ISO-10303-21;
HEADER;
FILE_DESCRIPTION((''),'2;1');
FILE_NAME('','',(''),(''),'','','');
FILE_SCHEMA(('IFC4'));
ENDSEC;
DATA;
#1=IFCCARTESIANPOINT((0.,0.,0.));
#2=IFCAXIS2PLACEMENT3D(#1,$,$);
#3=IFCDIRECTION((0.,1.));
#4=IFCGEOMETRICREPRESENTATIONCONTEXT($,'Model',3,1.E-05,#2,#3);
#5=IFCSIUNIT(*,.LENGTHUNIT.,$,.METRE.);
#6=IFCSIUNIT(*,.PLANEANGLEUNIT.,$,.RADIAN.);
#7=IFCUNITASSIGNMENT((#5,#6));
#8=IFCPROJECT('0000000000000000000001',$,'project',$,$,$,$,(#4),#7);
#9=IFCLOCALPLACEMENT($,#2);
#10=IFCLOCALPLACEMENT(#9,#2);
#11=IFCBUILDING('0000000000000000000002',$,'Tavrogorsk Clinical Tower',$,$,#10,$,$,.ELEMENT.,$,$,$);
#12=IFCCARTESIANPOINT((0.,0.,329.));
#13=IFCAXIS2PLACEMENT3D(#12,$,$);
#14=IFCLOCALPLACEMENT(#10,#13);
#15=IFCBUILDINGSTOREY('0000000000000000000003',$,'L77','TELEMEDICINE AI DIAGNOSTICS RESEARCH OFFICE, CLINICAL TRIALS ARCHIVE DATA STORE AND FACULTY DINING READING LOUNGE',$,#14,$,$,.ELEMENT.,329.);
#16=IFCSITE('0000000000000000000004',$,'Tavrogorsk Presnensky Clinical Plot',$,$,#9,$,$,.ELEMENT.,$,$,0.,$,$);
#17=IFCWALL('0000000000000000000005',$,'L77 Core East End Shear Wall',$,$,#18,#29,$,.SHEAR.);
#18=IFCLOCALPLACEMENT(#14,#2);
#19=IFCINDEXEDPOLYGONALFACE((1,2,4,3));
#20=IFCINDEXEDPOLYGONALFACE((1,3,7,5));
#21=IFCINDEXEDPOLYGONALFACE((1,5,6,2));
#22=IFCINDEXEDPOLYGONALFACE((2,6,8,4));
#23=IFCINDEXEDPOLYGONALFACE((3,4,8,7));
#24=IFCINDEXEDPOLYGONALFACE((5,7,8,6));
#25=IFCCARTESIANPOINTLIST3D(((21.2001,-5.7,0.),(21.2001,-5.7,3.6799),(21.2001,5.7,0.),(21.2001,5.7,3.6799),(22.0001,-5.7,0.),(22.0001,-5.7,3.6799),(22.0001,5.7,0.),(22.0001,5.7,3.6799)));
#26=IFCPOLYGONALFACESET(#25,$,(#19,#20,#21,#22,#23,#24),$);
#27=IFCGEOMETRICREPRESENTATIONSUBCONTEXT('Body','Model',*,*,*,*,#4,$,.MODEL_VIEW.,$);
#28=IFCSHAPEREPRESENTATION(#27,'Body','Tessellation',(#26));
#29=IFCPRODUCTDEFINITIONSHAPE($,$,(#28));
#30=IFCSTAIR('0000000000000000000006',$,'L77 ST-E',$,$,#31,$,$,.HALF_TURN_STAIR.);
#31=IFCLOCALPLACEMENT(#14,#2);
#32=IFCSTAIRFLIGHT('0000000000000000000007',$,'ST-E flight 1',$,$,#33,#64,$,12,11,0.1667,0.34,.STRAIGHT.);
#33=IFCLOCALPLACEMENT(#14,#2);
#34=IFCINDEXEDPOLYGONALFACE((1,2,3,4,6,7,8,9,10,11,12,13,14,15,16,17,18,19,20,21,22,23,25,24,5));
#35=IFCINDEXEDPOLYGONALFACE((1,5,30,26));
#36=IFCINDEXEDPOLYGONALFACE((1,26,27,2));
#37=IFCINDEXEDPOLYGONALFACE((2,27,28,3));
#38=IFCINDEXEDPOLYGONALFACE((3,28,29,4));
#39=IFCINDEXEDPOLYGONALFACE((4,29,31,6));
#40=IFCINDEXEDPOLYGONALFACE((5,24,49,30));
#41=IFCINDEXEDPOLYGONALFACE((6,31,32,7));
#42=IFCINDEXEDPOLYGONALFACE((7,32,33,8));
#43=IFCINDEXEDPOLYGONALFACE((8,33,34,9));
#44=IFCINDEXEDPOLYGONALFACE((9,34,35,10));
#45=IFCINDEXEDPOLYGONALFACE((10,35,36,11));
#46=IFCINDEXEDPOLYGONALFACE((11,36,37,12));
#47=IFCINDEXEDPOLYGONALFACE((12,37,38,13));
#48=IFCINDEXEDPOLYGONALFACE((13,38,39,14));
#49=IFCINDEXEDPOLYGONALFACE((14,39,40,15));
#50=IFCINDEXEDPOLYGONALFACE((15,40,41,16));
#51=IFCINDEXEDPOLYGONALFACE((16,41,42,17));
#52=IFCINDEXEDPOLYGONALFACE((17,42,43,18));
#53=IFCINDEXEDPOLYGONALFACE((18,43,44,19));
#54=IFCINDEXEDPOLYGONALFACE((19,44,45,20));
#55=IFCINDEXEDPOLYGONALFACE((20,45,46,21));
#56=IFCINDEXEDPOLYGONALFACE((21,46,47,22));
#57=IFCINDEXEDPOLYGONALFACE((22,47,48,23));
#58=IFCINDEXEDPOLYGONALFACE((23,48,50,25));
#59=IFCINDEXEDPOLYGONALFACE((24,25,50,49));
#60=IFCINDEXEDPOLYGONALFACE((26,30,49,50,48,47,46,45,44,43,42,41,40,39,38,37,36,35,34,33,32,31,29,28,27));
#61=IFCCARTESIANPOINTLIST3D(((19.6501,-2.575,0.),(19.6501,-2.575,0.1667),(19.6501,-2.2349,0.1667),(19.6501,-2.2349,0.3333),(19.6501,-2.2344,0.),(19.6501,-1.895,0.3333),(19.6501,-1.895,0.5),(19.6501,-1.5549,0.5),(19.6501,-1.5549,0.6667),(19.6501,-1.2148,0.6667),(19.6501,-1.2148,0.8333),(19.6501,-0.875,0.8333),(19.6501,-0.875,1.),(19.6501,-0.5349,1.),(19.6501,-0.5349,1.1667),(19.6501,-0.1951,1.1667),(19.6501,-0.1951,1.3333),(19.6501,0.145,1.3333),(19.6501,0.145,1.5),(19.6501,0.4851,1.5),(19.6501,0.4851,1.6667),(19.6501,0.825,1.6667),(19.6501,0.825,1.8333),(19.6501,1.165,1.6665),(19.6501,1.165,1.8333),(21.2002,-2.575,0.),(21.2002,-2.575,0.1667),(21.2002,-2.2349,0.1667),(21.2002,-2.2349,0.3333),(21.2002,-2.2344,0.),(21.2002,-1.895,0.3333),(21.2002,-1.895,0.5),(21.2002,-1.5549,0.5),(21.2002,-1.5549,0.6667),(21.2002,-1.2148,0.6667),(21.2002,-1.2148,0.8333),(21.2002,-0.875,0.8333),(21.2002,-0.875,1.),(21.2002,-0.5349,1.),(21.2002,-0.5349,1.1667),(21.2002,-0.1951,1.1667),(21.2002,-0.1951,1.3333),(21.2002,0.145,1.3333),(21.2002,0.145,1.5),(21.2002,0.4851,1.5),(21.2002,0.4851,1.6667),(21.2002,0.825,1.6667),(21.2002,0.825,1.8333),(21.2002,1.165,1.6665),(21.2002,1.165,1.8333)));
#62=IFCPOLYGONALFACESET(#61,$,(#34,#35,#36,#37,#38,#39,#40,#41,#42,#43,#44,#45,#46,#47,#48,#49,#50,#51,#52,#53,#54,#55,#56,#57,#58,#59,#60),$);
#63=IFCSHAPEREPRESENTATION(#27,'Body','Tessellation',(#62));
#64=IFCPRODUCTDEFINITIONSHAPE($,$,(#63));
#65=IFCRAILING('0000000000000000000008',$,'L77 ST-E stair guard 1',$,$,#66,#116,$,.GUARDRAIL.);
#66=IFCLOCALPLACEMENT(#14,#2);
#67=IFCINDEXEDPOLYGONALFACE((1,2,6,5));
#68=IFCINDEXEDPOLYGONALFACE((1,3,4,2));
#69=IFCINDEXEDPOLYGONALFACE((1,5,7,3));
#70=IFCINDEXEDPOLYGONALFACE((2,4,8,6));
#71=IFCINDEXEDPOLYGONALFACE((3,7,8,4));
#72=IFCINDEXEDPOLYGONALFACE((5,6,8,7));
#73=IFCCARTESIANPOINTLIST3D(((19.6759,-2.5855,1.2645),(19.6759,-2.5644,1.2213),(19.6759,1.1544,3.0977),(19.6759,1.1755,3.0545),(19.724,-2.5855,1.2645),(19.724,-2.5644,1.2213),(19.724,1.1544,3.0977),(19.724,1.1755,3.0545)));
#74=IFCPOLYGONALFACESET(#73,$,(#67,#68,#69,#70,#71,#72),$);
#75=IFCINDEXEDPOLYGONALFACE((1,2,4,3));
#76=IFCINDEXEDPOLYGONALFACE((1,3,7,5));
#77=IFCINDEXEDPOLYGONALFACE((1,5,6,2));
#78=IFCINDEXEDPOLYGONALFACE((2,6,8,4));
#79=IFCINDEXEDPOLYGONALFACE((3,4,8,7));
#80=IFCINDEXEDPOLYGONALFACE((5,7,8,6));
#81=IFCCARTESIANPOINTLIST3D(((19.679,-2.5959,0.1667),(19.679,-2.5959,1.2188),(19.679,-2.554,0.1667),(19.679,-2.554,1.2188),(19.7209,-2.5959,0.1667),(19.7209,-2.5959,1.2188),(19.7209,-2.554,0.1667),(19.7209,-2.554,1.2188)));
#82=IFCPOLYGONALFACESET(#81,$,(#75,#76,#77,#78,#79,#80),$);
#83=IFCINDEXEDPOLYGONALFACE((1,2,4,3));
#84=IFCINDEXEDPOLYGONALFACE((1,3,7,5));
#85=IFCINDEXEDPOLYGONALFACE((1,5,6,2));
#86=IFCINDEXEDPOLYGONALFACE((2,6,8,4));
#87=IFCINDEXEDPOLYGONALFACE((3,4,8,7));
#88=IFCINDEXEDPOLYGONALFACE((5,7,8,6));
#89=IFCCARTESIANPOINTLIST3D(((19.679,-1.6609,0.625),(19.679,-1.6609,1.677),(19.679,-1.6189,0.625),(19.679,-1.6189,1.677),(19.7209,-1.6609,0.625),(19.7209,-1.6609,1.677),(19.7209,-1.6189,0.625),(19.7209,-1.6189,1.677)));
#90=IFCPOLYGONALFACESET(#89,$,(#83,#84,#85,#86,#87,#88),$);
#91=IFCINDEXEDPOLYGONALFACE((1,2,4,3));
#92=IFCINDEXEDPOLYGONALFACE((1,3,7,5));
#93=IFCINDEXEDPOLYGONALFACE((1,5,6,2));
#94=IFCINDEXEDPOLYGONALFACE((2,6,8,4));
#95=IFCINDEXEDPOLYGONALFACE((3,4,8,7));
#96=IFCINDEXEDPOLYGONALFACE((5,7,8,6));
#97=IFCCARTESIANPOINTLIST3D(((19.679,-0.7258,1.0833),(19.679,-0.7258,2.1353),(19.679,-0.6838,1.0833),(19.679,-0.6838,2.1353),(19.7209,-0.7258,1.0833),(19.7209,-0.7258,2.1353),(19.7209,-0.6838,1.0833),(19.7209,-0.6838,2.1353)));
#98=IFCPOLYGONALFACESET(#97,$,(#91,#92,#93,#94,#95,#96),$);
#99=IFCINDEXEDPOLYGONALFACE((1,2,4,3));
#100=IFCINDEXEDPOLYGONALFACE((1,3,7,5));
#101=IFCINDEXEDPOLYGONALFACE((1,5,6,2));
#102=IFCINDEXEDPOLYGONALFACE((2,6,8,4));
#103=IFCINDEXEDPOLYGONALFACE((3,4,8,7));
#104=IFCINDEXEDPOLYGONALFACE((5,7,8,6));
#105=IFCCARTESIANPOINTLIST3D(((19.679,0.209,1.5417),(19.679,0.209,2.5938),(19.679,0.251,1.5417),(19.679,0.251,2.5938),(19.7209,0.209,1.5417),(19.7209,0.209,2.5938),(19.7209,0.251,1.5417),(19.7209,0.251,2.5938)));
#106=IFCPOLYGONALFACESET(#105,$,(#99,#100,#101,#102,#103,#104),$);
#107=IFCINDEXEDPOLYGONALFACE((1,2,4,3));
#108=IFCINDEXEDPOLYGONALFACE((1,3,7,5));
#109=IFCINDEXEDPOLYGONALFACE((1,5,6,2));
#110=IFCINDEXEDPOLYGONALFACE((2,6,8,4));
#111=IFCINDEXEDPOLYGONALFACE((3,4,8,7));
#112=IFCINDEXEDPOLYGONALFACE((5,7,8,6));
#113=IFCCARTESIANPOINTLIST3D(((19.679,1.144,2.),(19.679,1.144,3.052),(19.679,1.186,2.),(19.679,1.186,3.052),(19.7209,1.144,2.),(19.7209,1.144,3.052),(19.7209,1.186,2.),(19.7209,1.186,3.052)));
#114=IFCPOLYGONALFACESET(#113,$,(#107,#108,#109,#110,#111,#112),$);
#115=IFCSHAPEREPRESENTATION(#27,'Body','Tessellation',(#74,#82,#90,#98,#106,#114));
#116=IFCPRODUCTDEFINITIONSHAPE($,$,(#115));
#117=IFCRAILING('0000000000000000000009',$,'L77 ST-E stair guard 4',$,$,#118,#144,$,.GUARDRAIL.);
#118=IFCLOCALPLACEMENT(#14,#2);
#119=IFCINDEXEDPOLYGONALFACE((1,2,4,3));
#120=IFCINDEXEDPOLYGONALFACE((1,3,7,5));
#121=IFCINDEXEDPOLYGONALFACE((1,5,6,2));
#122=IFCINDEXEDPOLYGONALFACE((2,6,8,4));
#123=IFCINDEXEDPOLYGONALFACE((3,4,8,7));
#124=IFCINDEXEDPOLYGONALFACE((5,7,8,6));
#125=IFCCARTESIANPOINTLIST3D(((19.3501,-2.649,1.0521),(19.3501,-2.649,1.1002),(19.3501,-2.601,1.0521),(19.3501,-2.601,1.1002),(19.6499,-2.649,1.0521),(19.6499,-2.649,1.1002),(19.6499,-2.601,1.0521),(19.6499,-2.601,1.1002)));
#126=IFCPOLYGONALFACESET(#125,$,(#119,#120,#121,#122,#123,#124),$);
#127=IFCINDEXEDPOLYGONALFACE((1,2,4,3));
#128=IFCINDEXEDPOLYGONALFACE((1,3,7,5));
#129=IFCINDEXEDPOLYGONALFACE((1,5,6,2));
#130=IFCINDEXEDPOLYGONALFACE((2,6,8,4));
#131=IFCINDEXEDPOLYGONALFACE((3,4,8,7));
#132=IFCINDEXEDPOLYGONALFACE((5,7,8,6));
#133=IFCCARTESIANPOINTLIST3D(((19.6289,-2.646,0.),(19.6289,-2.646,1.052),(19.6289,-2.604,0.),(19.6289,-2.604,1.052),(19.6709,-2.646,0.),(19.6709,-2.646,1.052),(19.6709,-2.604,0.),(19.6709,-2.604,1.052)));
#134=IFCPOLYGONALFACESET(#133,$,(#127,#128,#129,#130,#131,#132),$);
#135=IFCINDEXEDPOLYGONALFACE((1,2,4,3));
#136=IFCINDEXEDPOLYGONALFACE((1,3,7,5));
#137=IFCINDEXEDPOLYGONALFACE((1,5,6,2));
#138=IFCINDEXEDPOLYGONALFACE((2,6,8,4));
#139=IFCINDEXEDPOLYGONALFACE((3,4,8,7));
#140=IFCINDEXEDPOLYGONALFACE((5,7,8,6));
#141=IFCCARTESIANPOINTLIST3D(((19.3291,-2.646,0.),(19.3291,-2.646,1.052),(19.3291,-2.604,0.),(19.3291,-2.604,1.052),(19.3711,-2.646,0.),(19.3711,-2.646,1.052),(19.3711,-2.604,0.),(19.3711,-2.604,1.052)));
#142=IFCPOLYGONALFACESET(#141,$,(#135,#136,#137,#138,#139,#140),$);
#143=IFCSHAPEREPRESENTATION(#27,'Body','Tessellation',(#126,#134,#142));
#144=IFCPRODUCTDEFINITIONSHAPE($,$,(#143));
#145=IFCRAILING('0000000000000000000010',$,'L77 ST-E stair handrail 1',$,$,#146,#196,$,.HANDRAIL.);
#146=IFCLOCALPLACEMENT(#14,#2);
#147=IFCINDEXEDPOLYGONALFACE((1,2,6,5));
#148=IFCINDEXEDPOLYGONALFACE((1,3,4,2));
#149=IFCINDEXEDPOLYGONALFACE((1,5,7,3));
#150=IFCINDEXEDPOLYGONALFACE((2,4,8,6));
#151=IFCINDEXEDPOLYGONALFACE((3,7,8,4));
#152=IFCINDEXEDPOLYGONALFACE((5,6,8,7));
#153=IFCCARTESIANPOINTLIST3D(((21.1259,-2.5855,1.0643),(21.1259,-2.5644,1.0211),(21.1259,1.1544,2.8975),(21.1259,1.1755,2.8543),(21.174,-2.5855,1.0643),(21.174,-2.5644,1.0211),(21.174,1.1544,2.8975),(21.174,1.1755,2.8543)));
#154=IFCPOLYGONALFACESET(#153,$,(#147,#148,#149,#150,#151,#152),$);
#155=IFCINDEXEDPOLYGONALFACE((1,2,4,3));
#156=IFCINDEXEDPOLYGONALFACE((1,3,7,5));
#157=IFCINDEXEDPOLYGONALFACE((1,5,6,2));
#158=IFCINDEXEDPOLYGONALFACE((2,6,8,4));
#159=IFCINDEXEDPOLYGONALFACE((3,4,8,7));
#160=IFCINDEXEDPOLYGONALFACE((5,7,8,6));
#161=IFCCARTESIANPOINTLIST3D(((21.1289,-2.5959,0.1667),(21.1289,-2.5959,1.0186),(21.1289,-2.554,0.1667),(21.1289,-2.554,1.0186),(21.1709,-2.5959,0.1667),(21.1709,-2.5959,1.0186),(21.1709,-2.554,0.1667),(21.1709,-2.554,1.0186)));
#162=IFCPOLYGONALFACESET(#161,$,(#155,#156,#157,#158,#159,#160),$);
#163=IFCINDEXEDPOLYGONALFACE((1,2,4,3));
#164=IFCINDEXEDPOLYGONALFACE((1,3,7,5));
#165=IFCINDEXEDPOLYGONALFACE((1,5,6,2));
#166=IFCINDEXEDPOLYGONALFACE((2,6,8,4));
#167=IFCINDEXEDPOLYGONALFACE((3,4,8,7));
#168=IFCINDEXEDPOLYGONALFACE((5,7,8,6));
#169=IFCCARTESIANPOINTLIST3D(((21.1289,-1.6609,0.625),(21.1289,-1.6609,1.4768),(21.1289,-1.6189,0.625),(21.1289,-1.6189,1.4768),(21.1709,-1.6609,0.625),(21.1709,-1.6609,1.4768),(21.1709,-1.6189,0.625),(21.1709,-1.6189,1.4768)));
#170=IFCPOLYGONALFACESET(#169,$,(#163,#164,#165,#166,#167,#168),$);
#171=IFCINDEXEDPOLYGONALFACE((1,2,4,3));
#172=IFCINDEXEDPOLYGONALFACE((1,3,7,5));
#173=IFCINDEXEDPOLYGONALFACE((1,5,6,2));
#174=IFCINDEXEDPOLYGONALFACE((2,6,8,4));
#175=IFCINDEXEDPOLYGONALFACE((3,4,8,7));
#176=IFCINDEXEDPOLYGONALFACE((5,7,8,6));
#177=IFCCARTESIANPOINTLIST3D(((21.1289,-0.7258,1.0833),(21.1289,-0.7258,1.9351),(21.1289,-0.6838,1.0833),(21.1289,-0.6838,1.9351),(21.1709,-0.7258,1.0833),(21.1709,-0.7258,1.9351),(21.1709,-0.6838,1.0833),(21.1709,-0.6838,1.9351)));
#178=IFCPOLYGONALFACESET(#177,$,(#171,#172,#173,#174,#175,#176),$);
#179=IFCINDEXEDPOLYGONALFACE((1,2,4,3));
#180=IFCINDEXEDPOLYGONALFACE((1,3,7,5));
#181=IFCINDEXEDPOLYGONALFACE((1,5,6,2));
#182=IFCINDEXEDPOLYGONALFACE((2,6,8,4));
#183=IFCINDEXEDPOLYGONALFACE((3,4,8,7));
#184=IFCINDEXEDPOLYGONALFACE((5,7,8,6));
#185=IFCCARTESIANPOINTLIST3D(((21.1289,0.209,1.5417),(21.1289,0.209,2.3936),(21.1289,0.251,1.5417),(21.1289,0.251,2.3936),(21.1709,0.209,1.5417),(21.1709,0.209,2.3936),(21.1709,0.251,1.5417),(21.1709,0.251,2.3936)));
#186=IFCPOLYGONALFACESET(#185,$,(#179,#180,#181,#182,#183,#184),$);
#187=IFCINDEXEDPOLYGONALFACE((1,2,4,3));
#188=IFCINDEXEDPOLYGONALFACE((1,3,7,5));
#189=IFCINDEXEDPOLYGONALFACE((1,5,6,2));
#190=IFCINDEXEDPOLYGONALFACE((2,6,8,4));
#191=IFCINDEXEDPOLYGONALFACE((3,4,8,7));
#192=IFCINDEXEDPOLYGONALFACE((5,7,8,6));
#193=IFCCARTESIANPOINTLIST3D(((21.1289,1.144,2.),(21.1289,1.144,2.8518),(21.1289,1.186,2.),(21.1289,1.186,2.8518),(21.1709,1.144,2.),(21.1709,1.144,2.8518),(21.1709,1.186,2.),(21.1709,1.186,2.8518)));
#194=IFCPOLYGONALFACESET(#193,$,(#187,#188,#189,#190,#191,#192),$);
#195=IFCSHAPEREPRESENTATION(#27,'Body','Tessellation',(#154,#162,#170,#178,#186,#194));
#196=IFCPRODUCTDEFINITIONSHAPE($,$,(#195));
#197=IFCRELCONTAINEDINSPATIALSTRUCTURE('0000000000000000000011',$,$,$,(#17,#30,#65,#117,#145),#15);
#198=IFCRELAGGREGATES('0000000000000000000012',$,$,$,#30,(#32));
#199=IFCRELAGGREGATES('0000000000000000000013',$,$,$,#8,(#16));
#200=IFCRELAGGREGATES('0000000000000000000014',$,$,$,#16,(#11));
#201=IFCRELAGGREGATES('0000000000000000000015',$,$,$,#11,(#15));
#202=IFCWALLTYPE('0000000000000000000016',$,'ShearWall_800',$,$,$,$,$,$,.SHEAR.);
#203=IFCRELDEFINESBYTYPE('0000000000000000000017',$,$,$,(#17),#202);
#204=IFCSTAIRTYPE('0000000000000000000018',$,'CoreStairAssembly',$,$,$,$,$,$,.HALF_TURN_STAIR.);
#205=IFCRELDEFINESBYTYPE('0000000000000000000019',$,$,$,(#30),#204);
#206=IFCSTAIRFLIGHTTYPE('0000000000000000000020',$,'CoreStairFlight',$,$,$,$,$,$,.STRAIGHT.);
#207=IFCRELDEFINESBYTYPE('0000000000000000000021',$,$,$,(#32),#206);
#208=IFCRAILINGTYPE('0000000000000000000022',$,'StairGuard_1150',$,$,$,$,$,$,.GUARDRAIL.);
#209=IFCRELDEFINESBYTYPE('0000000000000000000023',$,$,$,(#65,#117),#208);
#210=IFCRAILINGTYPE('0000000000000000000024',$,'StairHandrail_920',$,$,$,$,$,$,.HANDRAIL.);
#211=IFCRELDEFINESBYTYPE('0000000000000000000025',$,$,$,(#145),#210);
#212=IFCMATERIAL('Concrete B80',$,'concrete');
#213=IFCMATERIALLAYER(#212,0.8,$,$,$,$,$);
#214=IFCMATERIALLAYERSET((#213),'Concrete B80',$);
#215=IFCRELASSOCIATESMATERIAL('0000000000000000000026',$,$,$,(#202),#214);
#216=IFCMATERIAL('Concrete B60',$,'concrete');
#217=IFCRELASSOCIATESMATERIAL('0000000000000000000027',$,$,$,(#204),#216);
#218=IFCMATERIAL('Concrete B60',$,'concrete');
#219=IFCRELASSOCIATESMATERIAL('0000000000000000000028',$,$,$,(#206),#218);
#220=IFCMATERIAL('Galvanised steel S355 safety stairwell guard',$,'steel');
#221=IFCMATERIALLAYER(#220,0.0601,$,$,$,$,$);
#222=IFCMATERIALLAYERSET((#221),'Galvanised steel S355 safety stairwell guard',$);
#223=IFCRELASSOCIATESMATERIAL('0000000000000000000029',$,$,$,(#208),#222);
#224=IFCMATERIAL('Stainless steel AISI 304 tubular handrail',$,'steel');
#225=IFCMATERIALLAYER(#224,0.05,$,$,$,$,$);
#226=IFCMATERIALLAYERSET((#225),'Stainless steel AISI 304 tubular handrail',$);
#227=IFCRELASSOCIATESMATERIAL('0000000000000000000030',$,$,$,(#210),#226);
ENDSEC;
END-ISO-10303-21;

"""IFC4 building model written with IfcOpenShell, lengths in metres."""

from ifc_helpers import new_model, si_unit, direction, frame, frame_2d, origin, origin_2d, place, context, subcontext, project, spatial, polyline, rectangle, outline, extrude, material, layer, layer_set, type_object, element, aggregate, save


model = new_model("IFC4")

# Units and contexts
model_context = context("Model", 3, precision=1e-05, world=origin(), true_north=direction((0.0, 1.0)))
body_context = subcontext(model_context, "Body", "Model", "MODEL_VIEW")
ifc_project = project(units=[si_unit("LENGTHUNIT", "METRE"), si_unit("PLANEANGLEUNIT", "RADIAN")], contexts=[model_context])

# Site, building, storey
site_placement = place(None, origin())
site = spatial("IfcSite", under=ifc_project, at=site_placement, Name="Tavrogorsk Presnensky Clinical Plot", CompositionType="ELEMENT", RefElevation=0.0)
building_placement = place(site_placement, origin())
building = spatial("IfcBuilding", under=site, at=building_placement, Name="Tavrogorsk Clinical Tower", CompositionType="ELEMENT")
storey_placement = place(building_placement, frame((0.0, 0.0, 329.0)))
storey = spatial("IfcBuildingStorey", under=building, at=storey_placement, Name="L77", Description="TELEMEDICINE AI DIAGNOSTICS RESEARCH OFFICE, CLINICAL TRIALS ARCHIVE DATA STORE AND FACULTY DINING READING LOUNGE", CompositionType="ELEMENT", Elevation=329.0)

# Wall
ifc_material_1 = material(Name="Concrete B80", Category="concrete")
ifc_layer_1 = layer(ifc_material_1, 0.8)
ifc_layer_set_1 = layer_set([ifc_layer_1], Name="Concrete B80")
wall_type_1 = type_object("IfcWallType", Name="ShearWall_800", PredefinedType="SHEAR", material=ifc_layer_set_1)
wall_1_placement = place(storey_placement, frame((21.6001, -5.7, 0.0), z_axis=(0.0, 0.0, 1.0), x_axis=(0.0, 1.0, 0.0)))
element("IfcWall", 1, at=wall_1_placement, inside=storey, type_object=wall_type_1, Name="L77 Core East End Shear Wall", PredefinedType="SHEAR", context=body_context, shape_type="SweptSolid", body=[
    extrude(rectangle(XDim=11.3999, YDim=0.8, at=frame_2d((5.7, 0.0))), origin(), (0.0, 0.0, 1.0), 3.6799),
])

# Stair, stair flight
ifc_material_2 = material(Name="Concrete B60", Category="concrete")
stair_type = type_object("IfcStairType", Name="CoreStairAssembly", PredefinedType="HALF_TURN_STAIR", material=ifc_material_2)
stair_placement = place(storey_placement, origin())
stair = element("IfcStair", 2, at=stair_placement, inside=storey, type_object=stair_type, Name="L77 ST-E", PredefinedType="HALF_TURN_STAIR")
ifc_material_3 = material(Name="Concrete B60", Category="concrete")
stair_flight_type = type_object("IfcStairFlightType", Name="CoreStairFlight", PredefinedType="STRAIGHT", material=ifc_material_3)
stair_flight_placement = place(storey_placement, frame((20.425, -2.575, 0.0), z_axis=(0.0, 0.0, 1.0), x_axis=(0.0, 1.0, 0.0)))
stair_flight = element("IfcStairFlight", 3, at=stair_flight_placement, type_object=stair_flight_type, Name="ST-E flight 1", NumberOfRisers=12, NumberOfTreads=11, PredefinedType="STRAIGHT", RiserHeight=0.1667, TreadLength=0.34, context=body_context, shape_type="SweptSolid", body=[
    extrude(outline(polyline([(0.0, 0.0), (0.0, 0.1667), (0.3401, 0.1667), (0.3401, 0.3333), (0.6799, 0.3333), (0.6799, 0.5), (1.02, 0.5), (1.02, 0.6667), (1.3601, 0.6667), (1.3601, 0.8333), (1.7, 0.8333), (1.7, 1.0), (2.04, 1.0), (2.04, 1.1667), (2.3799, 1.1667), (2.3799, 1.3333), (2.72, 1.3333), (2.72, 1.5), (3.0601, 1.5), (3.0601, 1.6667), (3.3999, 1.6667), (3.3999, 1.8333), (3.74, 1.8333), (3.74, 2.0), (3.74, 1.6665), (0.3406, 0.0), (0.0, 0.0)])), frame((0.0, 0.7749, 0.0), z_axis=(0.0, -1.0, 0.0), x_axis=(1.0, 0.0, 0.0)), (0.0, 0.0, 1.0), 1.55),
])
aggregate(stair, [stair_flight])

# Railings
ifc_material_4 = material(Name="Galvanised steel S355 safety stairwell guard", Category="steel")
ifc_layer_2 = layer(ifc_material_4, 0.0601)
ifc_layer_set_2 = layer_set([ifc_layer_2], Name="Galvanised steel S355 safety stairwell guard")
railing_type_1 = type_object("IfcRailingType", Name="StairGuard_1150", PredefinedType="GUARDRAIL", material=ifc_layer_set_2)
railing_1_placement = place(storey_placement, frame((19.7, -2.575, 0.1667)))
element("IfcRailing", 4, at=railing_1_placement, inside=storey, type_object=railing_type_1, Name="L77 ST-E stair guard 1", PredefinedType="GUARDRAIL", context=body_context, shape_type="SweptSolid", body=[
    extrude(rectangle(XDim=0.0481, YDim=0.0481, at=origin_2d()), frame((0.0, 0.0, 1.0762), z_axis=(0.0, 0.897928, 0.440142), x_axis=(-1.0, 0.0, 0.0)), (0.0, 0.0, 1.0), 4.165),
    extrude(rectangle(XDim=0.042, YDim=0.042, at=origin_2d()), origin(), (0.0, 0.0, 1.0), 1.052),
    extrude(rectangle(XDim=0.042, YDim=0.042, at=origin_2d()), frame((0.0, 0.9351, 0.4583)), (0.0, 0.0, 1.0), 1.052),
    extrude(rectangle(XDim=0.042, YDim=0.042, at=origin_2d()), frame((0.0, 1.8701, 0.9165)), (0.0, 0.0, 1.0), 1.052),
    extrude(rectangle(XDim=0.042, YDim=0.042, at=origin_2d()), frame((0.0, 2.8049, 1.375)), (0.0, 0.0, 1.0), 1.052),
    extrude(rectangle(XDim=0.042, YDim=0.042, at=origin_2d()), frame((0.0, 3.74, 1.8333)), (0.0, 0.0, 1.0), 1.052),
])
railing_2_placement = place(storey_placement, frame((19.6499, -2.625, 0.0)))
element("IfcRailing", 5, at=railing_2_placement, inside=storey, type_object=railing_type_1, Name="L77 ST-E stair guard 4", PredefinedType="GUARDRAIL", context=body_context, shape_type="SweptSolid", body=[
    extrude(rectangle(XDim=0.0481, YDim=0.0481, at=origin_2d()), frame((0.0, 0.0, 1.0762), z_axis=(-1.0, 0.0, 0.0), x_axis=(0.0, -1.0, 0.0)), (0.0, 0.0, 1.0), 0.2998),
    extrude(rectangle(XDim=0.042, YDim=0.042, at=origin_2d()), origin(), (0.0, 0.0, 1.0), 1.052),
    extrude(rectangle(XDim=0.042, YDim=0.042, at=origin_2d()), frame((-0.2998, 0.0, 0.0)), (0.0, 0.0, 1.0), 1.052),
])
ifc_material_5 = material(Name="Stainless steel AISI 304 tubular handrail", Category="steel")
ifc_layer_3 = layer(ifc_material_5, 0.05)
ifc_layer_set_3 = layer_set([ifc_layer_3], Name="Stainless steel AISI 304 tubular handrail")
railing_type_2 = type_object("IfcRailingType", Name="StairHandrail_920", PredefinedType="HANDRAIL", material=ifc_layer_set_3)
railing_3_placement = place(storey_placement, frame((21.1499, -2.575, 0.1667)))
element("IfcRailing", 6, at=railing_3_placement, inside=storey, type_object=railing_type_2, Name="L77 ST-E stair handrail 1", PredefinedType="HANDRAIL", context=body_context, shape_type="SweptSolid", body=[
    extrude(rectangle(XDim=0.0481, YDim=0.0481, at=origin_2d()), frame((0.0, 0.0, 0.876), z_axis=(0.0, 0.897928, 0.440142), x_axis=(-1.0, 0.0, 0.0)), (0.0, 0.0, 1.0), 4.165),
    extrude(rectangle(XDim=0.042, YDim=0.042, at=origin_2d()), origin(), (0.0, 0.0, 1.0), 0.8518),
    extrude(rectangle(XDim=0.042, YDim=0.042, at=origin_2d()), frame((0.0, 0.9351, 0.4583)), (0.0, 0.0, 1.0), 0.8518),
    extrude(rectangle(XDim=0.042, YDim=0.042, at=origin_2d()), frame((0.0, 1.8701, 0.9165)), (0.0, 0.0, 1.0), 0.8518),
    extrude(rectangle(XDim=0.042, YDim=0.042, at=origin_2d()), frame((0.0, 2.8049, 1.375)), (0.0, 0.0, 1.0), 0.8518),
    extrude(rectangle(XDim=0.042, YDim=0.042, at=origin_2d()), frame((0.0, 3.74, 1.8333)), (0.0, 0.0, 1.0), 0.8518),
])

save(model, "model.ifc")
